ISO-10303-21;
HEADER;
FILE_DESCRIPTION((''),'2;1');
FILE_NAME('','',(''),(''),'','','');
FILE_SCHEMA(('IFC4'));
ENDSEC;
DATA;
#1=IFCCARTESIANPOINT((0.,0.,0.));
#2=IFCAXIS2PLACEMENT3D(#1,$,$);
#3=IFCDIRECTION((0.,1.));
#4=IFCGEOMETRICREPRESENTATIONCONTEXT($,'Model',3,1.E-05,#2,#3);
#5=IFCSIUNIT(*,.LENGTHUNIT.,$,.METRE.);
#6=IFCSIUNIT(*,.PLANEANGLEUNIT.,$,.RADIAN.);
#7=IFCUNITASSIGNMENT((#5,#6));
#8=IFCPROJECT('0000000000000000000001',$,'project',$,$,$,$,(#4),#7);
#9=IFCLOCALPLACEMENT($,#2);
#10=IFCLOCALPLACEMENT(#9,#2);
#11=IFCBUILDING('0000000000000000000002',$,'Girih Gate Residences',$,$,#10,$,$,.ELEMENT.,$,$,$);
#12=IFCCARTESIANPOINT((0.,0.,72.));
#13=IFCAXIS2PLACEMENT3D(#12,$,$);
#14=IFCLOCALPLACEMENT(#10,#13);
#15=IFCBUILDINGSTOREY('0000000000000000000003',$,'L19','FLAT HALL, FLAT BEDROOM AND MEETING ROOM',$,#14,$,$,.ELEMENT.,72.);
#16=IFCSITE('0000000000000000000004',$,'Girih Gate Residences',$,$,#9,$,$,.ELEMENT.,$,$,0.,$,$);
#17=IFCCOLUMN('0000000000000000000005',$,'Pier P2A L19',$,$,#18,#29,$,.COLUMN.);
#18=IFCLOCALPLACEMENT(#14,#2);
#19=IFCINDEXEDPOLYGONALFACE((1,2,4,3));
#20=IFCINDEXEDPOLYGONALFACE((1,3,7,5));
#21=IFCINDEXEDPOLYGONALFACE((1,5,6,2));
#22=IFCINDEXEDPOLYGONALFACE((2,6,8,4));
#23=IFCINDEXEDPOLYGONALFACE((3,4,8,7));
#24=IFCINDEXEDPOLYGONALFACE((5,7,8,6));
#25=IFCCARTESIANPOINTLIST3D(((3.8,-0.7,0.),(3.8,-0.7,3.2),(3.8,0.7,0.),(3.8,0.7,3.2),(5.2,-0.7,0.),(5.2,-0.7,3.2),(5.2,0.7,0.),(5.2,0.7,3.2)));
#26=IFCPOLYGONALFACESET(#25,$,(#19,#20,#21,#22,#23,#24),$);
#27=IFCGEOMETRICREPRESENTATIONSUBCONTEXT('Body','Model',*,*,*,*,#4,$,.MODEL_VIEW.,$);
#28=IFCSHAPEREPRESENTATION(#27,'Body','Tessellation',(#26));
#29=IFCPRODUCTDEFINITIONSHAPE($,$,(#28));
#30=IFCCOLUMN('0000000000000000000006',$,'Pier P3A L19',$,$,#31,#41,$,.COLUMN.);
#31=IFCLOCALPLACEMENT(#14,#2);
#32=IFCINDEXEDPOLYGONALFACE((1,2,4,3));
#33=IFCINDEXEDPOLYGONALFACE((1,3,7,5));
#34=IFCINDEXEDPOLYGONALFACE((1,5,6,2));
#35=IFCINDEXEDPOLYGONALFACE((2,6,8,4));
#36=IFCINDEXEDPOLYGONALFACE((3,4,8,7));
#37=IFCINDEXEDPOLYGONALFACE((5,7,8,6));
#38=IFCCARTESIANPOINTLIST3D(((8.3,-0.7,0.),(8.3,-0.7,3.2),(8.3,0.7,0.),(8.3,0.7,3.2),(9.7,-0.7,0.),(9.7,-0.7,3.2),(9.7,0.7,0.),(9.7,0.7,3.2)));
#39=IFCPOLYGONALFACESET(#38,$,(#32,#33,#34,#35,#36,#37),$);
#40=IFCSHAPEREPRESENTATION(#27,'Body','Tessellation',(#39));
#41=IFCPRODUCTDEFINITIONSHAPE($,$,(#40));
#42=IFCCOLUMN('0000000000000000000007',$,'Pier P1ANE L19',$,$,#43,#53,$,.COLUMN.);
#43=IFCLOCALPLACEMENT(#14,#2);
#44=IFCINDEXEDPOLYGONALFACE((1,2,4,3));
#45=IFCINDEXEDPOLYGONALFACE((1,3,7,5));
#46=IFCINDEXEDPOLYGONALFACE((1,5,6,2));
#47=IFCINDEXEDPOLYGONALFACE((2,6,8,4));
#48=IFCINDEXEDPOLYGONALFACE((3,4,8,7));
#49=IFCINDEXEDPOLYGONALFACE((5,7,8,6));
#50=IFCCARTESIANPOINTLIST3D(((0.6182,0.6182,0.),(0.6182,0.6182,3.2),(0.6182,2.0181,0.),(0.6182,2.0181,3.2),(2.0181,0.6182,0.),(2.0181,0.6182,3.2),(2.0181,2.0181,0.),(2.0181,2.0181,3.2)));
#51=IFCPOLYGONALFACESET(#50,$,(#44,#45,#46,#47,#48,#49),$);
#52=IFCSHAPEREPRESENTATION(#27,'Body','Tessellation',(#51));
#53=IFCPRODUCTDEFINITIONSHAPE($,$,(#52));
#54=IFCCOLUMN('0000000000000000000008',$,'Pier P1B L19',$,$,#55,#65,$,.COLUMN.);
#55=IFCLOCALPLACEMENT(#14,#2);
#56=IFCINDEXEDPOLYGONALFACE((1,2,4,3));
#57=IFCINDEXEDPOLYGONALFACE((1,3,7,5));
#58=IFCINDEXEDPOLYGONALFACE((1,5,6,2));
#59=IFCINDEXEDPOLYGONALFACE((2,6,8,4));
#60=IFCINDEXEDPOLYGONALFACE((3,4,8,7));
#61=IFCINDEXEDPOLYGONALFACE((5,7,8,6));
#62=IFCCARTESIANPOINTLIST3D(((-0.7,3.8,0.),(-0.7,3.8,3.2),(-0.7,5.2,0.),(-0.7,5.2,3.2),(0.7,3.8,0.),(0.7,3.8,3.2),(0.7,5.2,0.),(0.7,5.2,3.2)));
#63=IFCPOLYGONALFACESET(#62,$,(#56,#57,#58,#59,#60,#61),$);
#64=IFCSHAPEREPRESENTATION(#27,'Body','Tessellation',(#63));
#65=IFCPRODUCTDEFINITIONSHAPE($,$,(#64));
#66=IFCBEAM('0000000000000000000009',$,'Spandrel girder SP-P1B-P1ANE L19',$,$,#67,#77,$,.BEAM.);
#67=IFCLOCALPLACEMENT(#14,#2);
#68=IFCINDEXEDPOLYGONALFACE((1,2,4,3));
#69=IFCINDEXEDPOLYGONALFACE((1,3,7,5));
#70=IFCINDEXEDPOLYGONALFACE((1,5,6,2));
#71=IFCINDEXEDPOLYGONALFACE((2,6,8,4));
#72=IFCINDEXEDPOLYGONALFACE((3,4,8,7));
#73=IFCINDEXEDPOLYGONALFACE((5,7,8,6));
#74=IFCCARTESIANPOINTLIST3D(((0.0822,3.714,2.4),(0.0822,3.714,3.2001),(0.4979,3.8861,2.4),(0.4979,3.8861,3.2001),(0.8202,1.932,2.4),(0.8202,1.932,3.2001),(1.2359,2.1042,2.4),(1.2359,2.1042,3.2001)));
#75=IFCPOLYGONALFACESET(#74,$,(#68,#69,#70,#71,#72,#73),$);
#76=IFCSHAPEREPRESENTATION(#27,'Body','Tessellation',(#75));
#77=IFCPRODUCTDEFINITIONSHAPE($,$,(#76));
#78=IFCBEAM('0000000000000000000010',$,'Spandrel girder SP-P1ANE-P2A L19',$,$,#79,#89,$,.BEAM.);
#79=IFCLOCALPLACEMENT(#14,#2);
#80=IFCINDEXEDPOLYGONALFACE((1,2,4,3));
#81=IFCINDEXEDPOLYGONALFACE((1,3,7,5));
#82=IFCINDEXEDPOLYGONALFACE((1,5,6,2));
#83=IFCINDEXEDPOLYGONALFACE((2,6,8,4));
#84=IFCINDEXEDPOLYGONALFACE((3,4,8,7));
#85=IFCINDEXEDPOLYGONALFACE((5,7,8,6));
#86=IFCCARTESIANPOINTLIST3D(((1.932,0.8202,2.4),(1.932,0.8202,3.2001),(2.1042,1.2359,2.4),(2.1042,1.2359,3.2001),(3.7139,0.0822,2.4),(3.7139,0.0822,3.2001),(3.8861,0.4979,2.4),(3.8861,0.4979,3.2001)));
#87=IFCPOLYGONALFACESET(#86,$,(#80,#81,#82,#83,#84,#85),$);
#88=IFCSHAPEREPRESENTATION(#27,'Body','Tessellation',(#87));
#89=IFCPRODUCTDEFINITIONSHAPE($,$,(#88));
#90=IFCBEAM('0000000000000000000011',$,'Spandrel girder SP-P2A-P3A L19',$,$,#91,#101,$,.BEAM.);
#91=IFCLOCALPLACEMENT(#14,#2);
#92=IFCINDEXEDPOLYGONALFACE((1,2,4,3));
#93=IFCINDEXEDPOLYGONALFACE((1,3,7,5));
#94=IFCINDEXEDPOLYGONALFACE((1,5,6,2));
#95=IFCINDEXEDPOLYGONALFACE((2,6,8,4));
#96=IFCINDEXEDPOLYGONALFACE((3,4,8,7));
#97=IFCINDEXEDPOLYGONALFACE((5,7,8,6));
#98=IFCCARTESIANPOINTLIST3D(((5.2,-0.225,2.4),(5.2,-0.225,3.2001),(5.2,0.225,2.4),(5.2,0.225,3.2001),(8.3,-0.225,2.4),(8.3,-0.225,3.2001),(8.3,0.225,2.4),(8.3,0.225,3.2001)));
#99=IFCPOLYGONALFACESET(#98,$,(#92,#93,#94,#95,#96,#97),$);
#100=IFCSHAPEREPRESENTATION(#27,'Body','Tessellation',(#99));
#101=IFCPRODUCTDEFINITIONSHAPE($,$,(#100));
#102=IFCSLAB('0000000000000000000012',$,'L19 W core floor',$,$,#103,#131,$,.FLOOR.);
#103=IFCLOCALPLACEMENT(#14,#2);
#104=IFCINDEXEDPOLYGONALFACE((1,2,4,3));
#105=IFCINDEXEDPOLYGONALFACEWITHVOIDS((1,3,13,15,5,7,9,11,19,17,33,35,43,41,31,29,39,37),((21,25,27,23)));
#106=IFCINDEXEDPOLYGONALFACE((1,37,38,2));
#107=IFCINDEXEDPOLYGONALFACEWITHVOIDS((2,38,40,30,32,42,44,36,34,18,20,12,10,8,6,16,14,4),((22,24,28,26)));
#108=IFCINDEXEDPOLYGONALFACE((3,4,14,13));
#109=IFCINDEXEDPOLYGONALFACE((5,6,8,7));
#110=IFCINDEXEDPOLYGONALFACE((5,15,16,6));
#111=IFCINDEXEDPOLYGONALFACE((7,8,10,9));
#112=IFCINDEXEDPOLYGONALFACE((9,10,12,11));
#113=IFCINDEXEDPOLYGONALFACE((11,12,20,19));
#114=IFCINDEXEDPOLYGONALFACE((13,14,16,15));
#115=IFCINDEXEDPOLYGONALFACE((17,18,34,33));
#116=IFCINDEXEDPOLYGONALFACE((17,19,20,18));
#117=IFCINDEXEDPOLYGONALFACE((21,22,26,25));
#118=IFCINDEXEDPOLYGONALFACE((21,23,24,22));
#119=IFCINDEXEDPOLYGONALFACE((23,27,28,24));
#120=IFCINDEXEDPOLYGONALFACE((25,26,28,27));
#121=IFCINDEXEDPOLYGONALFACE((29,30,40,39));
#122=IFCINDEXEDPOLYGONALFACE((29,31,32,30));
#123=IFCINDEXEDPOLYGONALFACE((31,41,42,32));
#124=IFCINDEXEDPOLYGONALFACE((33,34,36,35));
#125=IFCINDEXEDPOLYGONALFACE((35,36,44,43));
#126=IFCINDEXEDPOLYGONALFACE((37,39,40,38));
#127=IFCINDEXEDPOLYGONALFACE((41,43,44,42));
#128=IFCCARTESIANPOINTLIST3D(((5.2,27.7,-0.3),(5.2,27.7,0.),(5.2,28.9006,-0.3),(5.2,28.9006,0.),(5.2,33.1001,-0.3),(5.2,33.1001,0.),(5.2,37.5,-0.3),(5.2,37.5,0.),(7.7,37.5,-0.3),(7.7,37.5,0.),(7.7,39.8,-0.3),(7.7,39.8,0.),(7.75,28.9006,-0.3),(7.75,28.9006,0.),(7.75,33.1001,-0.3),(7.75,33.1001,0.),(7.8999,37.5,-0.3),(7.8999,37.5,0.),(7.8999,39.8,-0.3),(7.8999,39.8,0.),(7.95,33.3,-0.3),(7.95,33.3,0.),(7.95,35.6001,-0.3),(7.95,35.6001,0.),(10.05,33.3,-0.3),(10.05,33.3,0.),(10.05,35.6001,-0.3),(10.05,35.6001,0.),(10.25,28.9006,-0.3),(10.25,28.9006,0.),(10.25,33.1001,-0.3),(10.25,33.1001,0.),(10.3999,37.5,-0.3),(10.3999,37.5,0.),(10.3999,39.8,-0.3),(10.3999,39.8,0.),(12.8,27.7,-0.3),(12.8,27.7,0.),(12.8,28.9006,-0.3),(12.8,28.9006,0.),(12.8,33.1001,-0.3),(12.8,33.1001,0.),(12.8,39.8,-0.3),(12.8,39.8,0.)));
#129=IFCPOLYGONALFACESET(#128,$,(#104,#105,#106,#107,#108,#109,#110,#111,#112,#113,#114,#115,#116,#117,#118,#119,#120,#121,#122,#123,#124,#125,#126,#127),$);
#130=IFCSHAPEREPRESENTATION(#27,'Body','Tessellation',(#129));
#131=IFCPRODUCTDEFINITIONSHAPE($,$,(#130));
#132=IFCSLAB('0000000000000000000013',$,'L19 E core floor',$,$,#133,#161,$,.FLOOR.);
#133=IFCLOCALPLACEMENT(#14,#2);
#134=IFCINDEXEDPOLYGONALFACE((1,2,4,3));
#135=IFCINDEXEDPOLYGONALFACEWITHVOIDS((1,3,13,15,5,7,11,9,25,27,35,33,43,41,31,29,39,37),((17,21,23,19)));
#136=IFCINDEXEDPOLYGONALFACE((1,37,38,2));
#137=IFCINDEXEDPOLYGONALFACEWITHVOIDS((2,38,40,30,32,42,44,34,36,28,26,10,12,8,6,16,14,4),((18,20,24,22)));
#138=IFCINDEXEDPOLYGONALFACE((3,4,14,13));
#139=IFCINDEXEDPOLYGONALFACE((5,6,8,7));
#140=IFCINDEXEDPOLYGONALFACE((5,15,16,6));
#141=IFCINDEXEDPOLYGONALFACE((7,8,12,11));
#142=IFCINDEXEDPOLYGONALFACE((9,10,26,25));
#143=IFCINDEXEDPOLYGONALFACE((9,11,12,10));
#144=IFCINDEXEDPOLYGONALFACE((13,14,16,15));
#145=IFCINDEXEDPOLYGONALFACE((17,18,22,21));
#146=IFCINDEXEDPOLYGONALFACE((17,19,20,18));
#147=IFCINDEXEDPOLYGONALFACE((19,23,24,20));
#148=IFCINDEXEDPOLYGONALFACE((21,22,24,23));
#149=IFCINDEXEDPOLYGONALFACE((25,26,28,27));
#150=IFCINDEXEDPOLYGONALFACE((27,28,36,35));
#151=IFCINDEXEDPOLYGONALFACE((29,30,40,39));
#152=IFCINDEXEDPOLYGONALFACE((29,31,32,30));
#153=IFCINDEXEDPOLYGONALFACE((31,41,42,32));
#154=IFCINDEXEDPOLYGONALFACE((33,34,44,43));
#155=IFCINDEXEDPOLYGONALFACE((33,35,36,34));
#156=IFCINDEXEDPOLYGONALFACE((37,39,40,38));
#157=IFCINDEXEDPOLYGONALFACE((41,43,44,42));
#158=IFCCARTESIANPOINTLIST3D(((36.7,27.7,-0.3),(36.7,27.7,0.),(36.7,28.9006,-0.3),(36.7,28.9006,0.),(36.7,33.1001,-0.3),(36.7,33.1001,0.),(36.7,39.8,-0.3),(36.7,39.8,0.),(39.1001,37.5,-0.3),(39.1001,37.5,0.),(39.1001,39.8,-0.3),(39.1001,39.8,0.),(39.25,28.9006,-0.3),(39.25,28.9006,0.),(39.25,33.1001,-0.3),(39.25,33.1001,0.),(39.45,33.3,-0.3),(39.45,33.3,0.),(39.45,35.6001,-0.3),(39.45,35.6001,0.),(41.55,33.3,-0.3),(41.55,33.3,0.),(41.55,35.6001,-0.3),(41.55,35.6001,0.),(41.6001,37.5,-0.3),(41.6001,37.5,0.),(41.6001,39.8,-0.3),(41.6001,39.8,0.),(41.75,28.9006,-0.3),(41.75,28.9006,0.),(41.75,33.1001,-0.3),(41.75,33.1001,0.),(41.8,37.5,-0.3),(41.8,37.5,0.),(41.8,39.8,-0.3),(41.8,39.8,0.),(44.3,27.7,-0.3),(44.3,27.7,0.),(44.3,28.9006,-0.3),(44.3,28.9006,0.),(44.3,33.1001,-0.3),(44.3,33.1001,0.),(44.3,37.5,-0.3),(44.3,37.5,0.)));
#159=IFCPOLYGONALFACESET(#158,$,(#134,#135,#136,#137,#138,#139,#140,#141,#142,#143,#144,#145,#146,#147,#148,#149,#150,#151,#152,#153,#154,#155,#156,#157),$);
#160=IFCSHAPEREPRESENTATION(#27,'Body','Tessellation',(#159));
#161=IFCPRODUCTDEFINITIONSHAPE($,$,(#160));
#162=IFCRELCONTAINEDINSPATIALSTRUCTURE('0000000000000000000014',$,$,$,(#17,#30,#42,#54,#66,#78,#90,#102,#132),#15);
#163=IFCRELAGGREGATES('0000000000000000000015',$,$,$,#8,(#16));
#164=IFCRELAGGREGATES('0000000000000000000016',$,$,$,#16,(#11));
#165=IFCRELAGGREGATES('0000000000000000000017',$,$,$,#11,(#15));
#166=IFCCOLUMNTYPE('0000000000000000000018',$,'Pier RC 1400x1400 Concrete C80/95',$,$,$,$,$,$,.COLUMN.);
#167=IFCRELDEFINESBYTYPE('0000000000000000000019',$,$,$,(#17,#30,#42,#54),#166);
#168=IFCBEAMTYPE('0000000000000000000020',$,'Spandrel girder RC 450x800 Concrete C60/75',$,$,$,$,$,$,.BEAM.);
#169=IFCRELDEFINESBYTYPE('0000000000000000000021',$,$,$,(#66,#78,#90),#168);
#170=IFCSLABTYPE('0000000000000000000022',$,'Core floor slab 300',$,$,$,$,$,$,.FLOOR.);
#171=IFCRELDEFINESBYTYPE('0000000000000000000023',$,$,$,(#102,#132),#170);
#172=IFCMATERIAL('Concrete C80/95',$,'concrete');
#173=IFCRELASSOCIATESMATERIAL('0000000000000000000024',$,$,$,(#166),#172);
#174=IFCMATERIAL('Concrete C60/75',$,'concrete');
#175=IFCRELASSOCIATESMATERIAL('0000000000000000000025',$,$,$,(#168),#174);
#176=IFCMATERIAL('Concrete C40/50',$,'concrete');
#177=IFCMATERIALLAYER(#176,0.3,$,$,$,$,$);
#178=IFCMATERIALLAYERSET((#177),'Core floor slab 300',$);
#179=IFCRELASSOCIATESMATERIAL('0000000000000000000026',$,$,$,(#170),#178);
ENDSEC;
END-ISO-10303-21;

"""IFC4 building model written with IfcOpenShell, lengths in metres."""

from ifc_helpers import new_model, si_unit, direction, frame, origin, origin_2d, place, context, subcontext, project, spatial, polyline, rectangle, outline, extrude, material, layer, layer_set, material_profile, profile_set, type_object, element, save


model = new_model("IFC4")

# Units and contexts
model_context = context("Model", 3, precision=1e-05, world=origin(), true_north=direction((0.0, 1.0)))
body_context = subcontext(model_context, "Body", "Model", "MODEL_VIEW")
ifc_project = project(units=[si_unit("LENGTHUNIT", "METRE"), si_unit("PLANEANGLEUNIT", "RADIAN")], contexts=[model_context])

# Site, building, storey
site_placement = place(None, origin())
site = spatial("IfcSite", under=ifc_project, at=site_placement, Name="Girih Gate Residences", CompositionType="ELEMENT", RefElevation=0.0)
building_placement = place(site_placement, origin())
building = spatial("IfcBuilding", under=site, at=building_placement, Name="Girih Gate Residences", CompositionType="ELEMENT")
storey_placement = place(building_placement, frame((0.0, 0.0, 72.0)))
storey = spatial("IfcBuildingStorey", under=building, at=storey_placement, Name="L19", Description="FLAT HALL, FLAT BEDROOM AND MEETING ROOM", CompositionType="ELEMENT", Elevation=72.0)

# Columns
ifc_material_1 = material(Name="Concrete C80/95", Category="concrete")
ifc_material_profile_1 = material_profile(ifc_material_1, rectangle(XDim=1.3999, YDim=1.3999, at=origin_2d()))
ifc_profile_set_1 = profile_set([ifc_material_profile_1], Name="Concrete C80/95")
column_type = type_object("IfcColumnType", Name="Pier RC 1400x1400 Concrete C80/95", PredefinedType="COLUMN", material=ifc_profile_set_1)
for number, where, z_axis, x_axis, name in (
    (1, (4.5, 0.0, 0.0), (0.0, 0.0, 1.0), (1.0, 0.0, 0.0), "Pier P2A L19"),
    (2, (9.0, 0.0, 0.0), (0.0, 0.0, 1.0), (1.0, 0.0, 0.0), "Pier P3A L19"),
    (3, (1.3181, 1.3181, 0.0), (0.0, 0.0, 1.0), (1.0, 0.0, 0.0), "Pier P1ANE L19"),
    (4, (0.0, 4.5, 0.0), (0.0, 0.0, 1.0), (1.0, 0.0, 0.0), "Pier P1B L19"),
):
    element("IfcColumn", number, at=place(storey_placement, frame(where, z_axis=z_axis, x_axis=x_axis)), inside=storey, type_object=column_type, Name=name, PredefinedType="COLUMN", context=body_context, shape_type="SweptSolid", body=[
        extrude(rectangle(XDim=1.3999, YDim=1.3999, at=origin_2d()), origin(), (0.0, 0.0, 1.0), 3.2),
    ])

# Beams
ifc_material_2 = material(Name="Concrete C60/75", Category="concrete")
ifc_material_profile_2 = material_profile(ifc_material_2, rectangle(XDim=0.45, YDim=0.8, at=origin_2d()))
ifc_profile_set_2 = profile_set([ifc_material_profile_2], Name="Concrete C60/75")
beam_type = type_object("IfcBeamType", Name="Spandrel girder RC 450x800 Concrete C60/75", PredefinedType="BEAM", material=ifc_profile_set_2)
for number, where, z_axis, x_axis, name in (
    (5, (0.29, 3.8, 2.8), (0.382646, -0.923895, 0.0), (0.923895, 0.382646, 0.0), "Spandrel girder SP-P1B-P1ANE L19"),
    (6, (2.0181, 1.0281, 2.8), (0.923895, -0.382646, 0.0), (0.382646, 0.923895, 0.0), "Spandrel girder SP-P1ANE-P2A L19"),
):
    element("IfcBeam", number, at=place(storey_placement, frame(where, z_axis=z_axis, x_axis=x_axis)), inside=storey, type_object=beam_type, Name=name, PredefinedType="BEAM", context=body_context, shape_type="SweptSolid", body=[
        extrude(rectangle(XDim=0.45, YDim=0.8, at=origin_2d()), origin(), (0.0, 0.0, 1.0), 1.9287),
    ])
beam_placement = place(storey_placement, frame((5.2, 0.0, 2.8), z_axis=(1.0, 0.0, 0.0), x_axis=(0.0, 1.0, 0.0)))
element("IfcBeam", 7, at=beam_placement, inside=storey, type_object=beam_type, Name="Spandrel girder SP-P2A-P3A L19", PredefinedType="BEAM", context=body_context, shape_type="SweptSolid", body=[
    extrude(rectangle(XDim=0.45, YDim=0.8, at=origin_2d()), origin(), (0.0, 0.0, 1.0), 3.1001),
])

# Slabs
ifc_material_3 = material(Name="Concrete C40/50", Category="concrete")
ifc_layer_1 = layer(ifc_material_3, 0.3)
ifc_layer_set_1 = layer_set([ifc_layer_1], Name="Core floor slab 300")
slab_type_1 = type_object("IfcSlabType", Name="Core floor slab 300", PredefinedType="FLOOR", material=ifc_layer_set_1)
slab_1_placement = place(storey_placement, frame((0.0, 0.0, -0.3)))
element("IfcSlab", 8, at=slab_1_placement, inside=storey, type_object=slab_type_1, Name="L19 W core floor", PredefinedType="FLOOR", context=body_context, shape_type="SweptSolid", body=[
    extrude(outline(polyline([(12.8, 27.7), (5.2, 27.7), (5.2, 28.9006), (7.75, 28.9006), (7.75, 33.1001), (5.2, 33.1001), (5.2, 37.5), (7.7, 37.5), (7.7, 39.8), (7.8999, 39.8), (7.8999, 37.5), (10.3999, 37.5), (10.3999, 39.8), (12.8, 39.8), (12.8, 33.1001), (10.25, 33.1001), (10.25, 28.9006), (12.8, 28.9006), (12.8, 27.7)]), holes=[polyline([(7.95, 33.3), (10.05, 33.3), (10.05, 35.6001), (7.95, 35.6001), (7.95, 33.3)])]), origin(), (0.0, 0.0, 1.0), 0.3),
])
slab_2_placement = place(storey_placement, frame((0.0, 0.0, -0.3)))
element("IfcSlab", 9, at=slab_2_placement, inside=storey, type_object=slab_type_1, Name="L19 E core floor", PredefinedType="FLOOR", context=body_context, shape_type="SweptSolid", body=[
    extrude(outline(polyline([(44.3, 27.7), (36.7, 27.7), (36.7, 28.9006), (39.25, 28.9006), (39.25, 33.1001), (36.7, 33.1001), (36.7, 39.8), (39.1001, 39.8), (39.1001, 37.5), (41.6001, 37.5), (41.6001, 39.8), (41.8, 39.8), (41.8, 37.5), (44.3, 37.5), (44.3, 33.1001), (41.75, 33.1001), (41.75, 28.9006), (44.3, 28.9006), (44.3, 27.7)]), holes=[polyline([(39.45, 33.3), (41.55, 33.3), (41.55, 35.6001), (39.45, 35.6001), (39.45, 33.3)])]), origin(), (0.0, 0.0, 1.0), 0.3),
])

save(model, "model.ifc")
